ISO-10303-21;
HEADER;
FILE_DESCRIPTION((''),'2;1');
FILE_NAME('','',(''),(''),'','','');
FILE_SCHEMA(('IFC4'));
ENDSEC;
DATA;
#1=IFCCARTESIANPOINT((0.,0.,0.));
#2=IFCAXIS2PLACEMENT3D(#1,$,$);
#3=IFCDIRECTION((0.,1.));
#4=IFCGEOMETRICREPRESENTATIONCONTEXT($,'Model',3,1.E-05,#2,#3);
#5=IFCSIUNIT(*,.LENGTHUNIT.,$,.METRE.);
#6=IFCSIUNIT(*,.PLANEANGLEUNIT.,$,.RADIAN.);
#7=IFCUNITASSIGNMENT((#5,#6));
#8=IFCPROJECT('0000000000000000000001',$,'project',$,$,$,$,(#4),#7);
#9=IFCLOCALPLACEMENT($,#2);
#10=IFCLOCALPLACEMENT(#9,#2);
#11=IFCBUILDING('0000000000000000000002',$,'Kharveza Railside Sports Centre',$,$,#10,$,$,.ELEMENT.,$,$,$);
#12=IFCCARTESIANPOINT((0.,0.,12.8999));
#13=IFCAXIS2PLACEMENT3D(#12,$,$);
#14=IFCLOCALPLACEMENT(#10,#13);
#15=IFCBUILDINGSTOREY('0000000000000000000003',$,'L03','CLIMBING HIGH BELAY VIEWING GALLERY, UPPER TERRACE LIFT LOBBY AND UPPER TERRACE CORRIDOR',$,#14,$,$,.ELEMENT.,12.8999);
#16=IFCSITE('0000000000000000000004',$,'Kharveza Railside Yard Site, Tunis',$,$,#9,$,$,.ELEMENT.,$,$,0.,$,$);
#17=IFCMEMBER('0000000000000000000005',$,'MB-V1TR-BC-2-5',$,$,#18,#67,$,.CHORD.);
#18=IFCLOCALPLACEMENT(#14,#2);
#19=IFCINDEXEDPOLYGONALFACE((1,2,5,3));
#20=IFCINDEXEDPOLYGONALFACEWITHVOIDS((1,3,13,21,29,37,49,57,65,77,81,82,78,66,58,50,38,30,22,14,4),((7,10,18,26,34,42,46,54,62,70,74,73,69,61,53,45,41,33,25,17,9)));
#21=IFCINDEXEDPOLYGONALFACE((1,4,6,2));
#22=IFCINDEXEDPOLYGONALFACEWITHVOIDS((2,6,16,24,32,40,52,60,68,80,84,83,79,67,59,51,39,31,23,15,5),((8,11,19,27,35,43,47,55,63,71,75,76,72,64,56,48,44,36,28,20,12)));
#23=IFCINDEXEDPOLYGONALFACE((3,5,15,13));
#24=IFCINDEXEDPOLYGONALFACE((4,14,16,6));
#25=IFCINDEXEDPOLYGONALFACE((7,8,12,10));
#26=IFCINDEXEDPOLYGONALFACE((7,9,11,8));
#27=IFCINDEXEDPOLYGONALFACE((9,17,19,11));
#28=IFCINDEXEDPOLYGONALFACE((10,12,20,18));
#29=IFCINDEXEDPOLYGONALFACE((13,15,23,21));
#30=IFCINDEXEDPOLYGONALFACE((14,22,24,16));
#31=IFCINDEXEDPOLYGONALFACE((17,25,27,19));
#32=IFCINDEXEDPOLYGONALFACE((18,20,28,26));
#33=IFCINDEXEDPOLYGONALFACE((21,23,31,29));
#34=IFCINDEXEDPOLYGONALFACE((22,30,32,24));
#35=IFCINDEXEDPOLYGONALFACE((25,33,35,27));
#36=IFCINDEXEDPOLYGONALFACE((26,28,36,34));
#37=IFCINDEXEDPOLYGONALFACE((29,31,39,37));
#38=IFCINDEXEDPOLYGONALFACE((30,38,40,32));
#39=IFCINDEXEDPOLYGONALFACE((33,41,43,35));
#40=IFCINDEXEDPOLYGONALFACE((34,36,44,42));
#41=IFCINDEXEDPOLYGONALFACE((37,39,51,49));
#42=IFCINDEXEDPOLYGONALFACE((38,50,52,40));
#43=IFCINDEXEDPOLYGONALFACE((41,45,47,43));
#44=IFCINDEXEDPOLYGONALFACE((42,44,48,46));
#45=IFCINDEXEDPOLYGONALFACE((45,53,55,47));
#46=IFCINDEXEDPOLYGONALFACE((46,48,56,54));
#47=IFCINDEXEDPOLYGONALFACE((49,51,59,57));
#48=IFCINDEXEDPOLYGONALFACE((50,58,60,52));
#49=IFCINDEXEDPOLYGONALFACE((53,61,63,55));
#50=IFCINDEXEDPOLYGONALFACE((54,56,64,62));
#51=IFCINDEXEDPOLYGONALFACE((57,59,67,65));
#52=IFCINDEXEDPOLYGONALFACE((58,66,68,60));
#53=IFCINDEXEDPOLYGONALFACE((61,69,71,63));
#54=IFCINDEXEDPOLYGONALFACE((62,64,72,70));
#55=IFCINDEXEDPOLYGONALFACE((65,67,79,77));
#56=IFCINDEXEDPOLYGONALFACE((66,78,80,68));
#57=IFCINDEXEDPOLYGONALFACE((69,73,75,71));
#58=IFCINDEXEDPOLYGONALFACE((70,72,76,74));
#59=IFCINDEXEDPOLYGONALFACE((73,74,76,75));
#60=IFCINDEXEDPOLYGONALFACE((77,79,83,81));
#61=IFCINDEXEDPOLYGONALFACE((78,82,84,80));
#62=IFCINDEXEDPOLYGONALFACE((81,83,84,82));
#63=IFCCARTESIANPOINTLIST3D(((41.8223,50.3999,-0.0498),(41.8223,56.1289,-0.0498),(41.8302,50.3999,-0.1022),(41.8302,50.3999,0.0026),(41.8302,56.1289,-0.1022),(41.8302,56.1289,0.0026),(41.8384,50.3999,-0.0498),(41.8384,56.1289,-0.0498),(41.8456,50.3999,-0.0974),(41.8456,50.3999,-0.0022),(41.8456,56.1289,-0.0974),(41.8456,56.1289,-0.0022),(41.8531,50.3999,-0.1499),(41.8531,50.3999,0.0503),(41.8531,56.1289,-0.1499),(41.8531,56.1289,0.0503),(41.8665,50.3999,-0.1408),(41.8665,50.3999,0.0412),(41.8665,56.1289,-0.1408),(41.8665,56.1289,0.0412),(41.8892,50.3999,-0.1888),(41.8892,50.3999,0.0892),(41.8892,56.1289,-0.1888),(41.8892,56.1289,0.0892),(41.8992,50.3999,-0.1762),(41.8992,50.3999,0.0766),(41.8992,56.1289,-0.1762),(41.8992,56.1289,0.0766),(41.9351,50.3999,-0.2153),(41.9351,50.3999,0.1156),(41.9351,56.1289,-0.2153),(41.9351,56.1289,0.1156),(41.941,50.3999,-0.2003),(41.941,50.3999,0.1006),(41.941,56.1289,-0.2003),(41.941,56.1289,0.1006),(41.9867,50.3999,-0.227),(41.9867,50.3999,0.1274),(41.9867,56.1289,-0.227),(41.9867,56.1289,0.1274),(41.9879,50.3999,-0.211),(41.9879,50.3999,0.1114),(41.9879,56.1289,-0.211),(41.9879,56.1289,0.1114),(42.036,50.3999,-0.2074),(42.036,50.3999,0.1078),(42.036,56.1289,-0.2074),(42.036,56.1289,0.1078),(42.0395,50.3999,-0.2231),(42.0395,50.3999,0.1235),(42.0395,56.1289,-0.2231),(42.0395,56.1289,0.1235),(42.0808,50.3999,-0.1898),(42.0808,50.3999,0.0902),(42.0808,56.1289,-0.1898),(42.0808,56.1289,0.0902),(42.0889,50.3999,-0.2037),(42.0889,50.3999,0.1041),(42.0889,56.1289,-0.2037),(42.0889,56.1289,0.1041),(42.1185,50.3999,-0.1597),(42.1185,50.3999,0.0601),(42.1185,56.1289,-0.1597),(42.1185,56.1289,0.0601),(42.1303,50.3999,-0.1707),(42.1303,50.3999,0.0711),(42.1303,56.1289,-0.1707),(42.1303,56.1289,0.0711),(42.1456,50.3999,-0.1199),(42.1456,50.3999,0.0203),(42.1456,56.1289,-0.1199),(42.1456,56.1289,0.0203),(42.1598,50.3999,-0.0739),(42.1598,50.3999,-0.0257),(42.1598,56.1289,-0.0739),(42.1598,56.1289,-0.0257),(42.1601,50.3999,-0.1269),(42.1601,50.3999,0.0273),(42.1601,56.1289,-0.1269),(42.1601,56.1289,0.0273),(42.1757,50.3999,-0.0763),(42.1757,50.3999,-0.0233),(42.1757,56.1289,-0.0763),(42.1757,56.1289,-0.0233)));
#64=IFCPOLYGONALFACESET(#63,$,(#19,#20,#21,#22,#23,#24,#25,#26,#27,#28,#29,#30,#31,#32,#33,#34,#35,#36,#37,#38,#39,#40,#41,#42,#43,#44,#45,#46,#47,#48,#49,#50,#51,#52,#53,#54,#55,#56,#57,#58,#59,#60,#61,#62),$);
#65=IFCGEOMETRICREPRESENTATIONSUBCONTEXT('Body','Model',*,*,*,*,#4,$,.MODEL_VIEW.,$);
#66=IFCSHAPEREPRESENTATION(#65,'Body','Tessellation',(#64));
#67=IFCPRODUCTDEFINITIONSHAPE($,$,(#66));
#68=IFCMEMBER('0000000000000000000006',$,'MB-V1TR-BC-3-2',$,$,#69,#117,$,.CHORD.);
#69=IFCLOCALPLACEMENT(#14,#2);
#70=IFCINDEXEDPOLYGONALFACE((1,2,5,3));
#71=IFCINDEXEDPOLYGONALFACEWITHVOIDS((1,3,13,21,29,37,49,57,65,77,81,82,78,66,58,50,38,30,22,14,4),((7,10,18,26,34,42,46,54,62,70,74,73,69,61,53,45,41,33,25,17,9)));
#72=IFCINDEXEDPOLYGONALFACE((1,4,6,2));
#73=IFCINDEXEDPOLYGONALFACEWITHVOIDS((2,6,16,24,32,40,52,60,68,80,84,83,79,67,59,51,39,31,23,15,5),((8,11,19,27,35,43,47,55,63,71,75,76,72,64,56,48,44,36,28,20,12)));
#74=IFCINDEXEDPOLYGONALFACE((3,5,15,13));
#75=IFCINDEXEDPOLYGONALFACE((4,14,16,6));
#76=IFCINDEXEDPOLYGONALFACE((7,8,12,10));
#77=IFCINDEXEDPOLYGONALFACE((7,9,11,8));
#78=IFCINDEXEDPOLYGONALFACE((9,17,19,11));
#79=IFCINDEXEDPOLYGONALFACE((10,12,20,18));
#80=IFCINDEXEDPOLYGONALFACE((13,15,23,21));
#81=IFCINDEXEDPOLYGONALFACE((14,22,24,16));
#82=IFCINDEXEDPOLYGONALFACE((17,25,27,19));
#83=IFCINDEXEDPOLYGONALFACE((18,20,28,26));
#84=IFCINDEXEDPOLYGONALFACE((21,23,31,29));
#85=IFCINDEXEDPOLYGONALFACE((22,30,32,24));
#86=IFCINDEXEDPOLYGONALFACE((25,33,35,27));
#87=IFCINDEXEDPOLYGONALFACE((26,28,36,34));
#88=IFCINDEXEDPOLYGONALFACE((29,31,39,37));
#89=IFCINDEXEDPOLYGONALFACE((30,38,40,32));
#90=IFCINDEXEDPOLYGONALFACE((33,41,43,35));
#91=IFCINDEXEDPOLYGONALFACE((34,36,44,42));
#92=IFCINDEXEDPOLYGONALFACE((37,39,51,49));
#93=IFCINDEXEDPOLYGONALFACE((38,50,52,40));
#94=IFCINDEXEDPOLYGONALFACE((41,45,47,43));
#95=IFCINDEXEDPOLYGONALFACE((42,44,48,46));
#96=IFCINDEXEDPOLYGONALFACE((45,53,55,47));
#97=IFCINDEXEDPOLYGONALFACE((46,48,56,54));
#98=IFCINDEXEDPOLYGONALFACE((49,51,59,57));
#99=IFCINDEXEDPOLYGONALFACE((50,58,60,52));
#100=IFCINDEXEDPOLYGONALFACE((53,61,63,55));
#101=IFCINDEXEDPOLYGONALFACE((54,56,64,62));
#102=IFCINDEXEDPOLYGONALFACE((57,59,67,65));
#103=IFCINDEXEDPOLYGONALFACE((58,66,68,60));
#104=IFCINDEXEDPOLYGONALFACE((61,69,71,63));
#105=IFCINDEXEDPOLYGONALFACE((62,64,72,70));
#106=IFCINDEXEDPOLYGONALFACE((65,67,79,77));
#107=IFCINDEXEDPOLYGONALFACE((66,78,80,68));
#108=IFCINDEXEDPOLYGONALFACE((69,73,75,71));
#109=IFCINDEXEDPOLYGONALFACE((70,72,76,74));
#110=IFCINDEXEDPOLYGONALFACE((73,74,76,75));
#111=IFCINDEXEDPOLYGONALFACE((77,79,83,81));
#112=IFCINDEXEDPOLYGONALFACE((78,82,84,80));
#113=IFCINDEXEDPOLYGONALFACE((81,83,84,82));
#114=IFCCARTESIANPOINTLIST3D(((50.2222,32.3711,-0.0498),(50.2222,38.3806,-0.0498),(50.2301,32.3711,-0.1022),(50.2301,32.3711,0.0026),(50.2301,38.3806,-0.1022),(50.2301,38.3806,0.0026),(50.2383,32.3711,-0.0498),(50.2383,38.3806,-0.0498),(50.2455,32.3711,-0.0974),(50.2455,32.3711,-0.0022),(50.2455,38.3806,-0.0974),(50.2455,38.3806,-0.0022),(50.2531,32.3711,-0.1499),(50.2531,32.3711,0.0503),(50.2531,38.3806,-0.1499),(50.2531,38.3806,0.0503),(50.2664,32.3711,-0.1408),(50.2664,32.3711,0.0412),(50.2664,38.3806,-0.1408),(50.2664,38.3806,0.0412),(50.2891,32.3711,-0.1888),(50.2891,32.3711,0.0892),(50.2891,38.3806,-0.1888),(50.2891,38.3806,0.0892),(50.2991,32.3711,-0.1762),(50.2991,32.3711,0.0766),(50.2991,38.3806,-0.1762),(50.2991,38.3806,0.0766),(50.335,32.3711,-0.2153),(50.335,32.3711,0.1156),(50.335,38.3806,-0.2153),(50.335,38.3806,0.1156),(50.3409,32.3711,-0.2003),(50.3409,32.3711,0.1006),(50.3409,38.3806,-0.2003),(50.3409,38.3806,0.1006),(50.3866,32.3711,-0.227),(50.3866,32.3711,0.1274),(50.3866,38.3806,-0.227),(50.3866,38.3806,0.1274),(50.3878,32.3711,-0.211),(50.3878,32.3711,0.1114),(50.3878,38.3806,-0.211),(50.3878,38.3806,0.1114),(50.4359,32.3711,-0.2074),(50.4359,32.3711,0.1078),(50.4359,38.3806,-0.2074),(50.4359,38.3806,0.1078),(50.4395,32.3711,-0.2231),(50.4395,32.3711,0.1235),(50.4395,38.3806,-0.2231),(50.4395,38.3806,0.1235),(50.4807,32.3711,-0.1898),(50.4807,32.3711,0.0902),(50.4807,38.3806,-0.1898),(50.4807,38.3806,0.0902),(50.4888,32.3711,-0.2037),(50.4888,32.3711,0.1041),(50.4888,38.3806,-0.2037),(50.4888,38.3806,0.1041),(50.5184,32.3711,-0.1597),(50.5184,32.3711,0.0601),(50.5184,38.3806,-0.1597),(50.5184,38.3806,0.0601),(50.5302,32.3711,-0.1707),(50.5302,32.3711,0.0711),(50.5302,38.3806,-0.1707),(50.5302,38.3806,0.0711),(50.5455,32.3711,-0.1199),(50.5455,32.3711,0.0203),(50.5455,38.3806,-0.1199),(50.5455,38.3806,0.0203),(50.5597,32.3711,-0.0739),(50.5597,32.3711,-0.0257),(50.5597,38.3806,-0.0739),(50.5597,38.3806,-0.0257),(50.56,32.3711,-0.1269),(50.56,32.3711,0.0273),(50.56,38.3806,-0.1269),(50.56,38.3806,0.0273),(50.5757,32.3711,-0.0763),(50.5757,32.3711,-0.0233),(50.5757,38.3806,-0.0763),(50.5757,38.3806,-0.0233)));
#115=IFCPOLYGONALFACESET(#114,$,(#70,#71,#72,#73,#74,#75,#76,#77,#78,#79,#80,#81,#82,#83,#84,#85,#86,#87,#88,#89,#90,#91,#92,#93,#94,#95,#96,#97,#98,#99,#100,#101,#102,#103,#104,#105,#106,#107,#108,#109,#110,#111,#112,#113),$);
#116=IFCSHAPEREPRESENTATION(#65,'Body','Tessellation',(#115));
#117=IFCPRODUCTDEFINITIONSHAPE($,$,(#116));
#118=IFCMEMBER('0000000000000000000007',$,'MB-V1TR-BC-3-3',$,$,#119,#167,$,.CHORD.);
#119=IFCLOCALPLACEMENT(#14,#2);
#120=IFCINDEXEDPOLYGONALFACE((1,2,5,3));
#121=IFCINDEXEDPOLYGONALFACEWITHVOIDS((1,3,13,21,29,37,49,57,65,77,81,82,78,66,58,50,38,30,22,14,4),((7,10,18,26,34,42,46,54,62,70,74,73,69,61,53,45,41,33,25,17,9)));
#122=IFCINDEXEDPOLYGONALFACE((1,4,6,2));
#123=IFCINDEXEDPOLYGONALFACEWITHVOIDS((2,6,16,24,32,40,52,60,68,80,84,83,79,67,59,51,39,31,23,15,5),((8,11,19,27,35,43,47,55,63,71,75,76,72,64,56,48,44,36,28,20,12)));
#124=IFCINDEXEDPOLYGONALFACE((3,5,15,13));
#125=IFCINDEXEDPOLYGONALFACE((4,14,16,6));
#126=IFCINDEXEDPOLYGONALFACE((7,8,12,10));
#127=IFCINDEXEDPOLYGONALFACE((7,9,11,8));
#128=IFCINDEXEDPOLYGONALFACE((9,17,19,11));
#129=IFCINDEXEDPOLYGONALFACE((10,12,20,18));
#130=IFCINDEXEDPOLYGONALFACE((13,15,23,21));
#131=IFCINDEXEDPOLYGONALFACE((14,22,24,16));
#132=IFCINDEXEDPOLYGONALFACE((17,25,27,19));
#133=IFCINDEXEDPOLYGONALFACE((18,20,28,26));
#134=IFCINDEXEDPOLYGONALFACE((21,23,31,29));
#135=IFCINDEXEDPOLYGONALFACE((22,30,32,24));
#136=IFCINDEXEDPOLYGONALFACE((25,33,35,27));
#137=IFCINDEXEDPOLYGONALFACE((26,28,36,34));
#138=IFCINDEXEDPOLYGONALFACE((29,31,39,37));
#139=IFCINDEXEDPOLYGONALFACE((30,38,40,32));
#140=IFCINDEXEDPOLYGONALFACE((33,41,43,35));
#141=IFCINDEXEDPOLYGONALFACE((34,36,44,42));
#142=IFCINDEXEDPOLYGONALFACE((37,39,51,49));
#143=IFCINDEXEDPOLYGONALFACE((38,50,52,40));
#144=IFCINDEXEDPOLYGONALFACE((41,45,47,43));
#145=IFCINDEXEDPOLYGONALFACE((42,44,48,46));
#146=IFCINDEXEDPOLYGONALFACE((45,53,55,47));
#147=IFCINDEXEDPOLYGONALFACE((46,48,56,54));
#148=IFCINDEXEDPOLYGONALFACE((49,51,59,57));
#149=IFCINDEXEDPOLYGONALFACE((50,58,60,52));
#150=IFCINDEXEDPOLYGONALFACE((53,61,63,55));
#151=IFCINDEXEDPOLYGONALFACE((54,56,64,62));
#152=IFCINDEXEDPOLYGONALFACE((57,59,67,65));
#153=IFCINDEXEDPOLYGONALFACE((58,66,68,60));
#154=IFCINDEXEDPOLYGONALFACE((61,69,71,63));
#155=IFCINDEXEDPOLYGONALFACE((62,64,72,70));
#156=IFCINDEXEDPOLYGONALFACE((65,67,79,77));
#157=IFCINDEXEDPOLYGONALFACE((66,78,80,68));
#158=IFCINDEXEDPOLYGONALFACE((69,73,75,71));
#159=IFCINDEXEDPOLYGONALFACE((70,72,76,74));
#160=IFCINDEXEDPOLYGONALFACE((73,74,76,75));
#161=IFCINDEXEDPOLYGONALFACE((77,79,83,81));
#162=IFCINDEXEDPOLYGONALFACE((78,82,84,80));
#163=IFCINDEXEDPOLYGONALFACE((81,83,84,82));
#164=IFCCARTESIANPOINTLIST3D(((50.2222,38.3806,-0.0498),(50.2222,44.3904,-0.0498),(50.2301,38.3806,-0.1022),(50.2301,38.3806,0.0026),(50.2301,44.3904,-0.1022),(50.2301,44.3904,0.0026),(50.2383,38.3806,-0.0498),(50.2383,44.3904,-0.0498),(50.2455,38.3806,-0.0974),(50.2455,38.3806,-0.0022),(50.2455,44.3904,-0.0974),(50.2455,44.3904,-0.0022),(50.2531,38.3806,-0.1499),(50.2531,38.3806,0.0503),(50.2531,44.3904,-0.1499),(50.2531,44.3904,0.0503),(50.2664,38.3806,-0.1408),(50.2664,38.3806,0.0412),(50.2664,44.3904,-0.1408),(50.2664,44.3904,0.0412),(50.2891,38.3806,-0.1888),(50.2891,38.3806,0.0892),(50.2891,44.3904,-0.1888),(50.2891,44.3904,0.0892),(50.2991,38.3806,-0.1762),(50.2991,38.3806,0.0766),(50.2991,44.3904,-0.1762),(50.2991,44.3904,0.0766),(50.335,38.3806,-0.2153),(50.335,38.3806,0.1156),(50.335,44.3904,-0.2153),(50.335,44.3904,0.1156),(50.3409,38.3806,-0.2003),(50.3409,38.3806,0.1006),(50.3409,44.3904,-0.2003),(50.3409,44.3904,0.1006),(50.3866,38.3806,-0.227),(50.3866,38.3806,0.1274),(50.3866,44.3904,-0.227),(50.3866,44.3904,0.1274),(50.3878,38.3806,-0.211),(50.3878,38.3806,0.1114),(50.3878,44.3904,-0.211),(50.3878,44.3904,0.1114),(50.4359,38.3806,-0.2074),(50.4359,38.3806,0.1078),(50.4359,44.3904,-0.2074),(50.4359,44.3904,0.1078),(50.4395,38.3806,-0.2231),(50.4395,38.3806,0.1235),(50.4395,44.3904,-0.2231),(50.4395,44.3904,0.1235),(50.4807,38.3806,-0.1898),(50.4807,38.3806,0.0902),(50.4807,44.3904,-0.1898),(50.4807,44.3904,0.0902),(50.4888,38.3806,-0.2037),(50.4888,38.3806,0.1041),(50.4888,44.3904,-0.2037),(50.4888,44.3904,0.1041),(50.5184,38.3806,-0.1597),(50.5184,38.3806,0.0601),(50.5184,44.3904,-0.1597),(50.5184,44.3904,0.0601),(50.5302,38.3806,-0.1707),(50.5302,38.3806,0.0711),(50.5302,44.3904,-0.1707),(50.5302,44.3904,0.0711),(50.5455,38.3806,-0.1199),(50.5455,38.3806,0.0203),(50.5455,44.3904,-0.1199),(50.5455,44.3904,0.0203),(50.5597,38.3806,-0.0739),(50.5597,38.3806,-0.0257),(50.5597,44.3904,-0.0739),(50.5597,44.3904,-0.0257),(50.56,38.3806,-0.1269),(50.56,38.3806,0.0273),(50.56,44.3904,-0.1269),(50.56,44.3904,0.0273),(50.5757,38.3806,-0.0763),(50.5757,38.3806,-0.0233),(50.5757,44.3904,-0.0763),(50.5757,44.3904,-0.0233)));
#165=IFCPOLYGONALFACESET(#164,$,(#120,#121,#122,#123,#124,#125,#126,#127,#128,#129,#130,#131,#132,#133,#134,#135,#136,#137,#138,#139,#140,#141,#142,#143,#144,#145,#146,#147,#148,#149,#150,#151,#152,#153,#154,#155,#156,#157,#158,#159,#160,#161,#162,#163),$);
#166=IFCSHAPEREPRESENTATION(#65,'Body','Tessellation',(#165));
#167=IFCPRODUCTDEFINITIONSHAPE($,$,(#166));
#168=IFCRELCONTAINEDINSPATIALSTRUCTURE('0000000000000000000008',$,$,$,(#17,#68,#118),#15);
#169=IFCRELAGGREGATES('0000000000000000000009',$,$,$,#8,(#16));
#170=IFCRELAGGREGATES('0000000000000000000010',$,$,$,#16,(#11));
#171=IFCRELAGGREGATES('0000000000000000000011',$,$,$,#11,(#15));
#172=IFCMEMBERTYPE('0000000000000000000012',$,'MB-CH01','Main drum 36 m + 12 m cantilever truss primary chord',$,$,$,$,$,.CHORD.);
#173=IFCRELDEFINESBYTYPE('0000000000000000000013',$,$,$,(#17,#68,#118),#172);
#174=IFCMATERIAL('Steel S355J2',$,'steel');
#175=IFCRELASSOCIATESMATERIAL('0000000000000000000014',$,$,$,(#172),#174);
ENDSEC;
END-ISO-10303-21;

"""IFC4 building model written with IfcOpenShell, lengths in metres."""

from ifc_helpers import new_model, si_unit, direction, frame, origin, origin_2d, place, context, subcontext, project, spatial, hollow_circle, extrude, material, material_profile, profile_set, type_object, element, save


model = new_model("IFC4")

# Units and contexts
model_context = context("Model", 3, precision=1e-05, world=origin(), true_north=direction((0.0, 1.0)))
body_context = subcontext(model_context, "Body", "Model", "MODEL_VIEW")
ifc_project = project(units=[si_unit("LENGTHUNIT", "METRE"), si_unit("PLANEANGLEUNIT", "RADIAN")], contexts=[model_context])

# Site, building, storey
site_placement = place(None, origin())
site = spatial("IfcSite", under=ifc_project, at=site_placement, Name="Kharveza Railside Yard Site, Tunis", CompositionType="ELEMENT", RefElevation=0.0)
building_placement = place(site_placement, origin())
building = spatial("IfcBuilding", under=site, at=building_placement, Name="Kharveza Railside Sports Centre", CompositionType="ELEMENT")
storey_placement = place(building_placement, frame((0.0, 0.0, 12.8999)))
storey = spatial("IfcBuildingStorey", under=building, at=storey_placement, Name="L03", Description="CLIMBING HIGH BELAY VIEWING GALLERY, UPPER TERRACE LIFT LOBBY AND UPPER TERRACE CORRIDOR", CompositionType="ELEMENT", Elevation=12.8999)

# Members
ifc_material = material(Name="Steel S355J2", Category="steel")
ifc_material_profile_1 = material_profile(ifc_material, hollow_circle(Radius=0.1777, WallThickness=0.0161, at=origin_2d()), Name="CHS 355.6x16.0")
ifc_profile_set_1 = profile_set([ifc_material_profile_1], Name="Steel S355J2")
member_type_1 = type_object("IfcMemberType", Name="MB-CH01", Description="Main drum 36 m + 12 m cantilever truss primary chord", PredefinedType="CHORD", material=ifc_profile_set_1)
member_1_placement = place(storey_placement, frame((42.0, 50.3999, -0.0498), z_axis=(0.0, 1.0, 0.0), x_axis=(-1.0, 0.0, 0.0)))
element("IfcMember", 1, at=member_1_placement, inside=storey, type_object=member_type_1, Name="MB-V1TR-BC-2-5", PredefinedType="CHORD", context=body_context, shape_type="SweptSolid", body=[
    extrude(hollow_circle(Radius=0.1777, WallThickness=0.0161, at=origin_2d()), origin(), (0.0, 0.0, 1.0), 5.729),
])
member_2_placement = place(storey_placement, frame((50.3999, 32.3711, -0.0498), z_axis=(0.0, 1.0, 0.0), x_axis=(-1.0, 0.0, 0.0)))
element("IfcMember", 2, at=member_2_placement, inside=storey, type_object=member_type_1, Name="MB-V1TR-BC-3-2", PredefinedType="CHORD", context=body_context, shape_type="SweptSolid", body=[
    extrude(hollow_circle(Radius=0.1777, WallThickness=0.0161, at=origin_2d()), origin(), (0.0, 0.0, 1.0), 6.0095),
])
member_3_placement = place(storey_placement, frame((50.3999, 38.3806, -0.0498), z_axis=(0.0, 1.0, 0.0), x_axis=(-1.0, 0.0, 0.0)))
element("IfcMember", 3, at=member_3_placement, inside=storey, type_object=member_type_1, Name="MB-V1TR-BC-3-3", PredefinedType="CHORD", context=body_context, shape_type="SweptSolid", body=[
    extrude(hollow_circle(Radius=0.1777, WallThickness=0.0161, at=origin_2d()), origin(), (0.0, 0.0, 1.0), 6.0098),
])

save(model, "model.ifc")
